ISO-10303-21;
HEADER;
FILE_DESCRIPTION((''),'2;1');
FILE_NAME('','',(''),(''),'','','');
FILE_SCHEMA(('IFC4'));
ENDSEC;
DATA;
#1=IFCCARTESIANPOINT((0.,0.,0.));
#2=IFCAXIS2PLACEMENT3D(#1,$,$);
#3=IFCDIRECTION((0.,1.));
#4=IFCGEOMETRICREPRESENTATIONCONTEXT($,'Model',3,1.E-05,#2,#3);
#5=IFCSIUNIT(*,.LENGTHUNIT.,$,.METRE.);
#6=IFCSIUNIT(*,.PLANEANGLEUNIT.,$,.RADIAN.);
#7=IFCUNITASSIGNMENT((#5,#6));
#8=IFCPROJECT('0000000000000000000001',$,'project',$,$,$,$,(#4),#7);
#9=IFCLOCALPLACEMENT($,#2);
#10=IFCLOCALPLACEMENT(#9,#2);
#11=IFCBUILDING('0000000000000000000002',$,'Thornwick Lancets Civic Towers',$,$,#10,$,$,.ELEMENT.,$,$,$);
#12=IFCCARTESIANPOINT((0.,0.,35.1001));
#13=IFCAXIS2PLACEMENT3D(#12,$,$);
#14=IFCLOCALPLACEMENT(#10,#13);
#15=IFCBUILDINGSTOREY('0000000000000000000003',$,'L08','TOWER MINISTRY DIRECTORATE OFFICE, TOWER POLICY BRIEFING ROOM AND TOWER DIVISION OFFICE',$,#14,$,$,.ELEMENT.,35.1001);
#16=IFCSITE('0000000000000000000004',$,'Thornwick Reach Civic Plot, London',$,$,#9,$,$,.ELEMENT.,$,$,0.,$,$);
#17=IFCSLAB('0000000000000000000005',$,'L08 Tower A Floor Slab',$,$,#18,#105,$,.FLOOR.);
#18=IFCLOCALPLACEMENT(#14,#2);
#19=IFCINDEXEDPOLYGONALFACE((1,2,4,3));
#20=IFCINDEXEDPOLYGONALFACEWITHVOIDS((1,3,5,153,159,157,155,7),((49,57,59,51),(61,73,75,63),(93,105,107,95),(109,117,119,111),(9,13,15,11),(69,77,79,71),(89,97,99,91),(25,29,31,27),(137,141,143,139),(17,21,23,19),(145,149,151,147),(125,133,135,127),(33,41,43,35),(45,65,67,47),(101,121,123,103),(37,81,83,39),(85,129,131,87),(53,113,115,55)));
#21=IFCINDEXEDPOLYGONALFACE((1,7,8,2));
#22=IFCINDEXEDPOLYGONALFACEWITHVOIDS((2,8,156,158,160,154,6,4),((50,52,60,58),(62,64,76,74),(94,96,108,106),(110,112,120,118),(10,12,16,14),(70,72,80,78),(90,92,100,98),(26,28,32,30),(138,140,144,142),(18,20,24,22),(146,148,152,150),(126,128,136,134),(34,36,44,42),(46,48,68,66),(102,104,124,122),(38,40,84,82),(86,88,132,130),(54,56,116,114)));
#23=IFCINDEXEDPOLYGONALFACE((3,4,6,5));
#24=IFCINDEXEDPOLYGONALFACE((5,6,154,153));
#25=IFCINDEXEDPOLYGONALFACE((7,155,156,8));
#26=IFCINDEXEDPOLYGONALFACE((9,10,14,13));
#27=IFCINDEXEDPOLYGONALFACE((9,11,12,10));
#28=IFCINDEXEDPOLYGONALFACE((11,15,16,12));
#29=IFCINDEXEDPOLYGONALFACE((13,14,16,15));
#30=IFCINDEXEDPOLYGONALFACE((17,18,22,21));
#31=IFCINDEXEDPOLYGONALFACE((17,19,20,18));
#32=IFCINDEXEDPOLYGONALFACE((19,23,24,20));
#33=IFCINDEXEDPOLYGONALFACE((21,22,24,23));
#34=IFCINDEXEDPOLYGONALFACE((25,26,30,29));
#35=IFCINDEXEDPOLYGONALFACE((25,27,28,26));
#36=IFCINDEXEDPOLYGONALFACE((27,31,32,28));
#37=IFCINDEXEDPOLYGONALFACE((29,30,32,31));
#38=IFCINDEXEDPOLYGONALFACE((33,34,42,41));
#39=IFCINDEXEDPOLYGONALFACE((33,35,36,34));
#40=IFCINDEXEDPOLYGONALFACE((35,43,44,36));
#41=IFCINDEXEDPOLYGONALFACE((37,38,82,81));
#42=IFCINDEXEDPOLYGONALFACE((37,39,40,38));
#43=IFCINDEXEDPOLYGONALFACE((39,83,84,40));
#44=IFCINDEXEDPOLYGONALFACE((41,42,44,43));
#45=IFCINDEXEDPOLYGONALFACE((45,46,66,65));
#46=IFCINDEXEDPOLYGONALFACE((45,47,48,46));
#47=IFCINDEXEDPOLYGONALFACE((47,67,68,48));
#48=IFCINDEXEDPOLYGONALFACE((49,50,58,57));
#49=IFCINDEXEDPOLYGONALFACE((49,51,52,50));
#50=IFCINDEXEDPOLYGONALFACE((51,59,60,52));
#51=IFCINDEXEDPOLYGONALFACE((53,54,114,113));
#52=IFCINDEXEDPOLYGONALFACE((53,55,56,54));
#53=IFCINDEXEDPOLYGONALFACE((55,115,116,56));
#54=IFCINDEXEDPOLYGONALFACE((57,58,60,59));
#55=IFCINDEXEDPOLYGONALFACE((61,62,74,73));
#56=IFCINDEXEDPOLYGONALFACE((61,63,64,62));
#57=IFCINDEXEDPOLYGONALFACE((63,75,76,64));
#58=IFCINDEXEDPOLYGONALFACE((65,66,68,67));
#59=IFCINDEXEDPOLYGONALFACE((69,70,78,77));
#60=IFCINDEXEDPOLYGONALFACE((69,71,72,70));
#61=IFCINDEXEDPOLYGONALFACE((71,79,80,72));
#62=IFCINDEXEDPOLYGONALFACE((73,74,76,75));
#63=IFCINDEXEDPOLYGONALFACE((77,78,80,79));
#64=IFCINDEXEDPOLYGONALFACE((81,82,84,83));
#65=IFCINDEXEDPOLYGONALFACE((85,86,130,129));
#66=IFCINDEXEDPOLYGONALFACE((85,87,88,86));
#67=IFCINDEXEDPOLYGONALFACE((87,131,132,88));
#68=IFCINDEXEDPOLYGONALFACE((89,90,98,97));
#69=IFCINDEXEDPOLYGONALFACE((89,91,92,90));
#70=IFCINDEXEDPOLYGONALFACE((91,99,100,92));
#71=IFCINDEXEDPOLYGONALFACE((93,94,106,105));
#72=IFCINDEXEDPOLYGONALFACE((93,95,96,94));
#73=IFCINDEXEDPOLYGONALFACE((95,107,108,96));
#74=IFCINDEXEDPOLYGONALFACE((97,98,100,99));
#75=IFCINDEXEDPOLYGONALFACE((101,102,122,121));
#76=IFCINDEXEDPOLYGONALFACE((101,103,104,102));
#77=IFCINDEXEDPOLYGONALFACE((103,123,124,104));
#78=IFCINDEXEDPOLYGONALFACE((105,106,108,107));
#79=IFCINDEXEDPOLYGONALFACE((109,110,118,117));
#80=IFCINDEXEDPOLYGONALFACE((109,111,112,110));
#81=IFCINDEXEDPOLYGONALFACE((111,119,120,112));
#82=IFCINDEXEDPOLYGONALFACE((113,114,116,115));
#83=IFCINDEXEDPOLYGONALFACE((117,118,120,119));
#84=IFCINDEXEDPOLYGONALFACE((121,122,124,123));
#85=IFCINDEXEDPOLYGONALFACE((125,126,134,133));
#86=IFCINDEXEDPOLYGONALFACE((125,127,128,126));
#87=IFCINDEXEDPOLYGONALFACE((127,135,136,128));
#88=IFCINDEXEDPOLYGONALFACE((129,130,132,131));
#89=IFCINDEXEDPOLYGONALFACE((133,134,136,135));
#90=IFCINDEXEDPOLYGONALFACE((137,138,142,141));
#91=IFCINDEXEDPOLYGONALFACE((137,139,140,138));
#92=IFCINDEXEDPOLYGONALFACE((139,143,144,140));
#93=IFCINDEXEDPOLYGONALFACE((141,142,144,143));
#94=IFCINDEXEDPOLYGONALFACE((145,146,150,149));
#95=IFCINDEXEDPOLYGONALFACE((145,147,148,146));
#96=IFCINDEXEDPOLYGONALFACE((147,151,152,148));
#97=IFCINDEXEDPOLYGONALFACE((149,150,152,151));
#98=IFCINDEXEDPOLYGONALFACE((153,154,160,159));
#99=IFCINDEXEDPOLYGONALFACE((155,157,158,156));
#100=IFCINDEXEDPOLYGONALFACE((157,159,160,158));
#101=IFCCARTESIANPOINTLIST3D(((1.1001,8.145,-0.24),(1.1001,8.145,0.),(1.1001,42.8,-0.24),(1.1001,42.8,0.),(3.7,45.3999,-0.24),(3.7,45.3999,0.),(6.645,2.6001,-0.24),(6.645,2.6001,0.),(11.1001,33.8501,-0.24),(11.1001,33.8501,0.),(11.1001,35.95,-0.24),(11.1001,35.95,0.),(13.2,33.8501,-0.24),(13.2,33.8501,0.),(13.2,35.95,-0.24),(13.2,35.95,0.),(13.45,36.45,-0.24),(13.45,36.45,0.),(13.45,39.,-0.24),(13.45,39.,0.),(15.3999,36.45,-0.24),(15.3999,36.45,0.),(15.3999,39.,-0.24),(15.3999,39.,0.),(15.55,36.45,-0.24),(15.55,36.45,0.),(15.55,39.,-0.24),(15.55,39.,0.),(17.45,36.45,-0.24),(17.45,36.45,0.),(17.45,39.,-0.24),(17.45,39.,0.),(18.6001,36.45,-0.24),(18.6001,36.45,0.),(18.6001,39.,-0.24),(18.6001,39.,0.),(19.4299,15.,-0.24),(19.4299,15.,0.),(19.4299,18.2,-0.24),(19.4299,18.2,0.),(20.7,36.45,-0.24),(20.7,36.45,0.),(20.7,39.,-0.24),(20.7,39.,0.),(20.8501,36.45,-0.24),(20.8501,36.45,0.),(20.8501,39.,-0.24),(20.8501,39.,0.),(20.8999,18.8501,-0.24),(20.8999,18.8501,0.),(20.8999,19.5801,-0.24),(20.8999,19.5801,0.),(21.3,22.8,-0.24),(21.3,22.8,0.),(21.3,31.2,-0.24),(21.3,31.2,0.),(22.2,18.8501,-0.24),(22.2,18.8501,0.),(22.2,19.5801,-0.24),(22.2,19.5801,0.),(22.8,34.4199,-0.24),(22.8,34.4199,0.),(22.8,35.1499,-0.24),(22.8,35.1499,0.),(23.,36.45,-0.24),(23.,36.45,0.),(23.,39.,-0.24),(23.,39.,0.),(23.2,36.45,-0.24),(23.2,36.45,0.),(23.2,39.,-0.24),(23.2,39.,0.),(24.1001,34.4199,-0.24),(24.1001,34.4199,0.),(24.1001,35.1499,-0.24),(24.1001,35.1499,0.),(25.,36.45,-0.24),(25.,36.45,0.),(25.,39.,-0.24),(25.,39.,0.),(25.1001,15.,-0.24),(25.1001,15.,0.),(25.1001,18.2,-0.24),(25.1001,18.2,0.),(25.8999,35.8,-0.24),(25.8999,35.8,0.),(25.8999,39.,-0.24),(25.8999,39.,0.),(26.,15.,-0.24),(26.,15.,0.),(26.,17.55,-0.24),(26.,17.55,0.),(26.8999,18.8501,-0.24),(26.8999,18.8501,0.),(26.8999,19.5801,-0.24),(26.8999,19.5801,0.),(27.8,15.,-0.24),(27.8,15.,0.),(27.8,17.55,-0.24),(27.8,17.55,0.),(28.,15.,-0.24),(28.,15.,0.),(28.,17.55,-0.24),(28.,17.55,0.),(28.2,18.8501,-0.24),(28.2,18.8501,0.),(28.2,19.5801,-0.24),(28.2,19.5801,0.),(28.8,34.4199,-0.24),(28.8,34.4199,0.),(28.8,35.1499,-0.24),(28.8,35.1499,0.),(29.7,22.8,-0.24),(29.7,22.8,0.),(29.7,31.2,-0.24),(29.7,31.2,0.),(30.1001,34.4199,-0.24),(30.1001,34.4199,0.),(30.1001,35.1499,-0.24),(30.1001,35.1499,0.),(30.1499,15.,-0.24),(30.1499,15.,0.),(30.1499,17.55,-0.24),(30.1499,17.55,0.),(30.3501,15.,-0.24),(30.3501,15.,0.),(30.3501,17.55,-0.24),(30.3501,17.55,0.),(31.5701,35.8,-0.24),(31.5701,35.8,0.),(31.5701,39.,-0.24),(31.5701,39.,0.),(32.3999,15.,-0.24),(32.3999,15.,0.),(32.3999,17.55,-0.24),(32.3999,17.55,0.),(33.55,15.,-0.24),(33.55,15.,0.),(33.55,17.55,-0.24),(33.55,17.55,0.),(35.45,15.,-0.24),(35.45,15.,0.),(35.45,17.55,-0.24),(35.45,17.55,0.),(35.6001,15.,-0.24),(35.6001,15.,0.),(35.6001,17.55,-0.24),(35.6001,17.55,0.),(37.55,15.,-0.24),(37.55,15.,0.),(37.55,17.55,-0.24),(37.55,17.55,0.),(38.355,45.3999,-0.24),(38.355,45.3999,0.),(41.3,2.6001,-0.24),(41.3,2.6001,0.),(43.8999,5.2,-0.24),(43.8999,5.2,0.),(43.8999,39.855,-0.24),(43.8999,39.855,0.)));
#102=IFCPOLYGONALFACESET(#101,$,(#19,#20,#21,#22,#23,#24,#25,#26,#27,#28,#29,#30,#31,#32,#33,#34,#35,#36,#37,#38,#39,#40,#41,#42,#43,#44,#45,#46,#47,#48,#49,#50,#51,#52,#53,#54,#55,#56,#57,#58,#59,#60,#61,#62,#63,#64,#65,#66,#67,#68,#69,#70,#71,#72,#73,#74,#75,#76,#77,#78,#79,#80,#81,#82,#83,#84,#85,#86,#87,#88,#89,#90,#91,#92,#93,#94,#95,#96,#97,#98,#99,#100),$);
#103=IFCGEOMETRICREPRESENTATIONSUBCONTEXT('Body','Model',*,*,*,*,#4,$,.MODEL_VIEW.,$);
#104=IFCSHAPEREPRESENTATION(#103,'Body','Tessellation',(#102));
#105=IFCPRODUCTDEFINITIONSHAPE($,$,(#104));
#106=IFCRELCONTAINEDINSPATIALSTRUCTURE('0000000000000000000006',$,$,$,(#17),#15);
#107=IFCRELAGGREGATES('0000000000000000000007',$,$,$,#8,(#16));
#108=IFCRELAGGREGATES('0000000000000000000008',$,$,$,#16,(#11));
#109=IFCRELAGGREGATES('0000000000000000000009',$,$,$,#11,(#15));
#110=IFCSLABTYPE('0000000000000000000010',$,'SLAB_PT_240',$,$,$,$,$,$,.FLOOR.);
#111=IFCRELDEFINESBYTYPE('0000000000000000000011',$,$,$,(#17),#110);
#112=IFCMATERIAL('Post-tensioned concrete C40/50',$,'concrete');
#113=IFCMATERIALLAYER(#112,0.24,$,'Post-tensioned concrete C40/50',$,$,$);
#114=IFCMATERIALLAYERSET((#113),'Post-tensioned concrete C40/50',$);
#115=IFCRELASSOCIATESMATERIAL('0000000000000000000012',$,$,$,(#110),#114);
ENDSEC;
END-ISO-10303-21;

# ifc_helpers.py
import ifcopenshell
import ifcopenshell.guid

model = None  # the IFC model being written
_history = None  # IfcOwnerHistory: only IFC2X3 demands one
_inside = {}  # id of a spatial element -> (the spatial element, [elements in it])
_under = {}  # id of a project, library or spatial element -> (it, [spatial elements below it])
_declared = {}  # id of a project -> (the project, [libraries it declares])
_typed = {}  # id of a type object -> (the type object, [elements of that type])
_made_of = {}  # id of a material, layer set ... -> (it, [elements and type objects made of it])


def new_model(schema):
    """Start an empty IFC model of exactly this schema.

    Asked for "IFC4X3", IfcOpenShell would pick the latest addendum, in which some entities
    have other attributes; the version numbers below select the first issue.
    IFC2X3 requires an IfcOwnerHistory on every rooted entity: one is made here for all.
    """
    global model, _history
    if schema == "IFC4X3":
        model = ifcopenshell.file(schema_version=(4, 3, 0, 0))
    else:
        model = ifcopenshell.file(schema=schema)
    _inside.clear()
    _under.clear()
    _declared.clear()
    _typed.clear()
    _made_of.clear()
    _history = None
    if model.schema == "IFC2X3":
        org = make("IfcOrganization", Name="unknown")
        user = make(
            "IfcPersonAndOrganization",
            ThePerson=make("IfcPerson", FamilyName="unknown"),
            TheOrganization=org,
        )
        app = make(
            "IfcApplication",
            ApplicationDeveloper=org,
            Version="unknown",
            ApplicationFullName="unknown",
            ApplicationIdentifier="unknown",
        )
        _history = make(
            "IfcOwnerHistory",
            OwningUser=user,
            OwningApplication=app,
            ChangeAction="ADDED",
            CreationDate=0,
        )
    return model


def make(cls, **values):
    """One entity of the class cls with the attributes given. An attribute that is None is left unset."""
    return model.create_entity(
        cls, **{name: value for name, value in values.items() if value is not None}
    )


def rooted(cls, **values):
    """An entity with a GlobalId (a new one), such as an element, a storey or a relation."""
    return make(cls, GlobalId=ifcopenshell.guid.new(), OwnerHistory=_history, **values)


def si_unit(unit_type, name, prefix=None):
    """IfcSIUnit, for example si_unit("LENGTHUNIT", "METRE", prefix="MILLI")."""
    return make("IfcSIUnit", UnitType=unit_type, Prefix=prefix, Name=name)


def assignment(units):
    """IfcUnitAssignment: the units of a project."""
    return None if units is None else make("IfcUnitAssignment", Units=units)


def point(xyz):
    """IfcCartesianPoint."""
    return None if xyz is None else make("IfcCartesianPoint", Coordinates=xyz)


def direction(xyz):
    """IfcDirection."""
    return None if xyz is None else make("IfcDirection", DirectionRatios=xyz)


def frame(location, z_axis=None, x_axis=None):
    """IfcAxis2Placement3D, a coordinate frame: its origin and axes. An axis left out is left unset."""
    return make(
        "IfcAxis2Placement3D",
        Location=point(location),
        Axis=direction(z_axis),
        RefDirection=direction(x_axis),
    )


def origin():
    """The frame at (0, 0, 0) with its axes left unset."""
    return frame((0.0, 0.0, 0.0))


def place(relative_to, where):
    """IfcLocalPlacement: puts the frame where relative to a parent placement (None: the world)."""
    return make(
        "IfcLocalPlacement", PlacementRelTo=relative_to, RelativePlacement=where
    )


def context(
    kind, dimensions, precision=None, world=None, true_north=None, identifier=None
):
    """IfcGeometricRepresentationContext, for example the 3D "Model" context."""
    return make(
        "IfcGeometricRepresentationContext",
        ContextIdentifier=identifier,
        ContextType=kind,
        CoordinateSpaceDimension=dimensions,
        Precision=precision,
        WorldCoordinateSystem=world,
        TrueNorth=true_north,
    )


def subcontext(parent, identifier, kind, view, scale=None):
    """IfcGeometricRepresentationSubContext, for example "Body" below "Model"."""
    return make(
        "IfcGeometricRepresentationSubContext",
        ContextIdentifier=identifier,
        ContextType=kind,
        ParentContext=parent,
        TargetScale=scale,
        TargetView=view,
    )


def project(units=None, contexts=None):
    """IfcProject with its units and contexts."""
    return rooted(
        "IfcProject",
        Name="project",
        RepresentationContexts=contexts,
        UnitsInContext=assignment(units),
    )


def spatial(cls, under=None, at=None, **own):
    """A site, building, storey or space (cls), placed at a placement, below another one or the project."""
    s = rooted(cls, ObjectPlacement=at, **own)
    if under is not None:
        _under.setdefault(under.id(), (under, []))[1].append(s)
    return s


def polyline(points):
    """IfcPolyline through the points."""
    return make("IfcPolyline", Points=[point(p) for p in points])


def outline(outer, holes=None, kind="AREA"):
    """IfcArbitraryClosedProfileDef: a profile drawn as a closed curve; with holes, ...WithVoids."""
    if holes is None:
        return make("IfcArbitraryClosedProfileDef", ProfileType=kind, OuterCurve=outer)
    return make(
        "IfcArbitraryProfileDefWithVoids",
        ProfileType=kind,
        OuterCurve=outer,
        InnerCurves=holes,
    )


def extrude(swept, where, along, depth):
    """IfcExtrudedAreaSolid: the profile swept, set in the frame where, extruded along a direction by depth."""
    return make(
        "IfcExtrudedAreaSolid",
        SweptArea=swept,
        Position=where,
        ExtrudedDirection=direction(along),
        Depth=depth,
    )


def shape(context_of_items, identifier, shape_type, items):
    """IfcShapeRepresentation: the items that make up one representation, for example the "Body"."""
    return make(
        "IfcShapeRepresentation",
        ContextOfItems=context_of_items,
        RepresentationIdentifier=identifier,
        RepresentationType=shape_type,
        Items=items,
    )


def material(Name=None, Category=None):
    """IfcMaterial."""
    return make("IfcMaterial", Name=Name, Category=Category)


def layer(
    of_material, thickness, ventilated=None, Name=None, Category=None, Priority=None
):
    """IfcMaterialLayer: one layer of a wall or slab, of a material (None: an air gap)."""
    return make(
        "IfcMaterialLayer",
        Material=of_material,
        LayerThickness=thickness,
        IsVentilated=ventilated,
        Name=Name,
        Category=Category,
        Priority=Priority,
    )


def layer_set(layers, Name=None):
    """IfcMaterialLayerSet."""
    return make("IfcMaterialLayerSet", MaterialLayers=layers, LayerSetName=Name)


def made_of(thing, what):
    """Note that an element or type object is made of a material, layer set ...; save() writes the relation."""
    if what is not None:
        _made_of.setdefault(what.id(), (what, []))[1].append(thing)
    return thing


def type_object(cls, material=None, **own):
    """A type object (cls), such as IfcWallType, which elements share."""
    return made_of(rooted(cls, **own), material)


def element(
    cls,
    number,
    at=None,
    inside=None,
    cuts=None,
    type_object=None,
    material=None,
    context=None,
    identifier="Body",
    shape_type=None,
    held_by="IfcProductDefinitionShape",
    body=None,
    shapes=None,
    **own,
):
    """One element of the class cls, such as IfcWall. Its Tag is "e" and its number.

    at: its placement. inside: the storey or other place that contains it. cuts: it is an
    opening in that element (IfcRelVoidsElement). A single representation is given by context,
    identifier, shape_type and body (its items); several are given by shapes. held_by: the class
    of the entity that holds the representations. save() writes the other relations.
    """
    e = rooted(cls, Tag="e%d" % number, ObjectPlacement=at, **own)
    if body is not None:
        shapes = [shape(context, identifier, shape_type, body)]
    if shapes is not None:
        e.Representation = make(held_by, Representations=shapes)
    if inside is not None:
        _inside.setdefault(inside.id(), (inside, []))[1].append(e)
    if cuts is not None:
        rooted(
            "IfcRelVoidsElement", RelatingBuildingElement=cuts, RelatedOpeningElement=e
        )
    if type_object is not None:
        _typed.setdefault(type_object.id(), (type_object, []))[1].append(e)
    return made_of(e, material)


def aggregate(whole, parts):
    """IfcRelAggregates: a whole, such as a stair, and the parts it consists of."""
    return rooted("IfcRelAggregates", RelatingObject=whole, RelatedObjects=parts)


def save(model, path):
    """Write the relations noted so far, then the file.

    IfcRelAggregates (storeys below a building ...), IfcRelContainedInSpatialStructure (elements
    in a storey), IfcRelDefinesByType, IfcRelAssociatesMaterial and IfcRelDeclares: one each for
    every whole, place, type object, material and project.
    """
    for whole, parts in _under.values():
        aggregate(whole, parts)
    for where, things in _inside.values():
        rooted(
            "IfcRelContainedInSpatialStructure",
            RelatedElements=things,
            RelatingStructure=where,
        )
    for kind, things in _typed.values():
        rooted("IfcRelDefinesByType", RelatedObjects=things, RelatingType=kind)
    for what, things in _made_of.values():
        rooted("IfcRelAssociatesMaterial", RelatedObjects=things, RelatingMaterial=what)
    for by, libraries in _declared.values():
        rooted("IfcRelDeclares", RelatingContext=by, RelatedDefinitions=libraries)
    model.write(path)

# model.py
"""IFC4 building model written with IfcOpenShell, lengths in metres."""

from ifc_helpers import new_model, si_unit, direction, frame, origin, place, context, subcontext, project, spatial, polyline, outline, extrude, material, layer, layer_set, type_object, element, save


model = new_model("IFC4")

# Units and contexts
model_context = context("Model", 3, precision=1e-05, world=origin(), true_north=direction((0.0, 1.0)))
body_context = subcontext(model_context, "Body", "Model", "MODEL_VIEW")
ifc_project = project(units=[si_unit("LENGTHUNIT", "METRE"), si_unit("PLANEANGLEUNIT", "RADIAN")], contexts=[model_context])

# Site, building, storey
site_placement = place(None, origin())
site = spatial("IfcSite", under=ifc_project, at=site_placement, Name="Thornwick Reach Civic Plot, London", CompositionType="ELEMENT", RefElevation=0.0)
building_placement = place(site_placement, origin())
building = spatial("IfcBuilding", under=site, at=building_placement, Name="Thornwick Lancets Civic Towers", CompositionType="ELEMENT")
storey_placement = place(building_placement, frame((0.0, 0.0, 35.1001)))
storey = spatial("IfcBuildingStorey", under=building, at=storey_placement, Name="L08", Description="TOWER MINISTRY DIRECTORATE OFFICE, TOWER POLICY BRIEFING ROOM AND TOWER DIVISION OFFICE", CompositionType="ELEMENT", Elevation=35.1001)

# Shared definitions
ifc_material_1 = material(Name="Post-tensioned concrete C40/50", Category="concrete")

# Slab
ifc_layer_1 = layer(ifc_material_1, 0.24, Name="Post-tensioned concrete C40/50")
ifc_layer_set_1 = layer_set([ifc_layer_1], Name="Post-tensioned concrete C40/50")
slab_type_1 = type_object("IfcSlabType", Name="SLAB_PT_240", PredefinedType="FLOOR", material=ifc_layer_set_1)
slab_1_placement = place(storey_placement, frame((0.0, 0.0, -0.24)))
element("IfcSlab", 1, at=slab_1_placement, inside=storey, type_object=slab_type_1, Name="L08 Tower A Floor Slab", PredefinedType="FLOOR", context=body_context, shape_type="SweptSolid", body=[
    extrude(outline(polyline([(6.645, 2.6001), (41.3, 2.6001), (43.8999, 5.2), (43.8999, 39.855), (38.355, 45.3999), (3.7, 45.3999), (1.1001, 42.8), (1.1001, 8.145), (6.645, 2.6001)]), holes=[polyline([(21.3, 22.8), (29.7, 22.8), (29.7, 31.2), (21.3, 31.2), (21.3, 22.8)]), polyline([(19.4299, 15.0), (25.1001, 15.0), (25.1001, 18.2), (19.4299, 18.2), (19.4299, 15.0)]), polyline([(31.5701, 39.0), (25.8999, 39.0), (25.8999, 35.8), (31.5701, 35.8), (31.5701, 39.0)]), polyline([(26.0, 15.0), (27.8, 15.0), (27.8, 17.55), (26.0, 17.55), (26.0, 15.0)]), polyline([(28.0, 15.0), (30.1499, 15.0), (30.1499, 17.55), (28.0, 17.55), (28.0, 15.0)]), polyline([(30.3501, 15.0), (32.3999, 15.0), (32.3999, 17.55), (30.3501, 17.55), (30.3501, 15.0)]), polyline([(33.55, 15.0), (35.45, 15.0), (35.45, 17.55), (33.55, 17.55), (33.55, 15.0)]), polyline([(35.6001, 15.0), (37.55, 15.0), (37.55, 17.55), (35.6001, 17.55), (35.6001, 15.0)]), polyline([(23.2, 36.45), (25.0, 36.45), (25.0, 39.0), (23.2, 39.0), (23.2, 36.45)]), polyline([(20.8501, 36.45), (23.0, 36.45), (23.0, 39.0), (20.8501, 39.0), (20.8501, 36.45)]), polyline([(18.6001, 36.45), (20.7, 36.45), (20.7, 39.0), (18.6001, 39.0), (18.6001, 36.45)]), polyline([(15.55, 36.45), (17.45, 36.45), (17.45, 39.0), (15.55, 39.0), (15.55, 36.45)]), polyline([(13.45, 36.45), (15.3999, 36.45), (15.3999, 39.0), (13.45, 39.0), (13.45, 36.45)]), polyline([(11.1001, 33.8501), (13.2, 33.8501), (13.2, 35.95), (11.1001, 35.95), (11.1001, 33.8501)]), polyline([(26.8999, 18.8501), (28.2, 18.8501), (28.2, 19.5801), (26.8999, 19.5801), (26.8999, 18.8501)]), polyline([(20.8999, 18.8501), (22.2, 18.8501), (22.2, 19.5801), (20.8999, 19.5801), (20.8999, 18.8501)]), polyline([(22.8, 34.4199), (24.1001, 34.4199), (24.1001, 35.1499), (22.8, 35.1499), (22.8, 34.4199)]), polyline([(28.8, 34.4199), (30.1001, 34.4199), (30.1001, 35.1499), (28.8, 35.1499), (28.8, 34.4199)])]), origin(), (0.0, 0.0, 1.0), 0.24),
])

save(model, "model.ifc")
